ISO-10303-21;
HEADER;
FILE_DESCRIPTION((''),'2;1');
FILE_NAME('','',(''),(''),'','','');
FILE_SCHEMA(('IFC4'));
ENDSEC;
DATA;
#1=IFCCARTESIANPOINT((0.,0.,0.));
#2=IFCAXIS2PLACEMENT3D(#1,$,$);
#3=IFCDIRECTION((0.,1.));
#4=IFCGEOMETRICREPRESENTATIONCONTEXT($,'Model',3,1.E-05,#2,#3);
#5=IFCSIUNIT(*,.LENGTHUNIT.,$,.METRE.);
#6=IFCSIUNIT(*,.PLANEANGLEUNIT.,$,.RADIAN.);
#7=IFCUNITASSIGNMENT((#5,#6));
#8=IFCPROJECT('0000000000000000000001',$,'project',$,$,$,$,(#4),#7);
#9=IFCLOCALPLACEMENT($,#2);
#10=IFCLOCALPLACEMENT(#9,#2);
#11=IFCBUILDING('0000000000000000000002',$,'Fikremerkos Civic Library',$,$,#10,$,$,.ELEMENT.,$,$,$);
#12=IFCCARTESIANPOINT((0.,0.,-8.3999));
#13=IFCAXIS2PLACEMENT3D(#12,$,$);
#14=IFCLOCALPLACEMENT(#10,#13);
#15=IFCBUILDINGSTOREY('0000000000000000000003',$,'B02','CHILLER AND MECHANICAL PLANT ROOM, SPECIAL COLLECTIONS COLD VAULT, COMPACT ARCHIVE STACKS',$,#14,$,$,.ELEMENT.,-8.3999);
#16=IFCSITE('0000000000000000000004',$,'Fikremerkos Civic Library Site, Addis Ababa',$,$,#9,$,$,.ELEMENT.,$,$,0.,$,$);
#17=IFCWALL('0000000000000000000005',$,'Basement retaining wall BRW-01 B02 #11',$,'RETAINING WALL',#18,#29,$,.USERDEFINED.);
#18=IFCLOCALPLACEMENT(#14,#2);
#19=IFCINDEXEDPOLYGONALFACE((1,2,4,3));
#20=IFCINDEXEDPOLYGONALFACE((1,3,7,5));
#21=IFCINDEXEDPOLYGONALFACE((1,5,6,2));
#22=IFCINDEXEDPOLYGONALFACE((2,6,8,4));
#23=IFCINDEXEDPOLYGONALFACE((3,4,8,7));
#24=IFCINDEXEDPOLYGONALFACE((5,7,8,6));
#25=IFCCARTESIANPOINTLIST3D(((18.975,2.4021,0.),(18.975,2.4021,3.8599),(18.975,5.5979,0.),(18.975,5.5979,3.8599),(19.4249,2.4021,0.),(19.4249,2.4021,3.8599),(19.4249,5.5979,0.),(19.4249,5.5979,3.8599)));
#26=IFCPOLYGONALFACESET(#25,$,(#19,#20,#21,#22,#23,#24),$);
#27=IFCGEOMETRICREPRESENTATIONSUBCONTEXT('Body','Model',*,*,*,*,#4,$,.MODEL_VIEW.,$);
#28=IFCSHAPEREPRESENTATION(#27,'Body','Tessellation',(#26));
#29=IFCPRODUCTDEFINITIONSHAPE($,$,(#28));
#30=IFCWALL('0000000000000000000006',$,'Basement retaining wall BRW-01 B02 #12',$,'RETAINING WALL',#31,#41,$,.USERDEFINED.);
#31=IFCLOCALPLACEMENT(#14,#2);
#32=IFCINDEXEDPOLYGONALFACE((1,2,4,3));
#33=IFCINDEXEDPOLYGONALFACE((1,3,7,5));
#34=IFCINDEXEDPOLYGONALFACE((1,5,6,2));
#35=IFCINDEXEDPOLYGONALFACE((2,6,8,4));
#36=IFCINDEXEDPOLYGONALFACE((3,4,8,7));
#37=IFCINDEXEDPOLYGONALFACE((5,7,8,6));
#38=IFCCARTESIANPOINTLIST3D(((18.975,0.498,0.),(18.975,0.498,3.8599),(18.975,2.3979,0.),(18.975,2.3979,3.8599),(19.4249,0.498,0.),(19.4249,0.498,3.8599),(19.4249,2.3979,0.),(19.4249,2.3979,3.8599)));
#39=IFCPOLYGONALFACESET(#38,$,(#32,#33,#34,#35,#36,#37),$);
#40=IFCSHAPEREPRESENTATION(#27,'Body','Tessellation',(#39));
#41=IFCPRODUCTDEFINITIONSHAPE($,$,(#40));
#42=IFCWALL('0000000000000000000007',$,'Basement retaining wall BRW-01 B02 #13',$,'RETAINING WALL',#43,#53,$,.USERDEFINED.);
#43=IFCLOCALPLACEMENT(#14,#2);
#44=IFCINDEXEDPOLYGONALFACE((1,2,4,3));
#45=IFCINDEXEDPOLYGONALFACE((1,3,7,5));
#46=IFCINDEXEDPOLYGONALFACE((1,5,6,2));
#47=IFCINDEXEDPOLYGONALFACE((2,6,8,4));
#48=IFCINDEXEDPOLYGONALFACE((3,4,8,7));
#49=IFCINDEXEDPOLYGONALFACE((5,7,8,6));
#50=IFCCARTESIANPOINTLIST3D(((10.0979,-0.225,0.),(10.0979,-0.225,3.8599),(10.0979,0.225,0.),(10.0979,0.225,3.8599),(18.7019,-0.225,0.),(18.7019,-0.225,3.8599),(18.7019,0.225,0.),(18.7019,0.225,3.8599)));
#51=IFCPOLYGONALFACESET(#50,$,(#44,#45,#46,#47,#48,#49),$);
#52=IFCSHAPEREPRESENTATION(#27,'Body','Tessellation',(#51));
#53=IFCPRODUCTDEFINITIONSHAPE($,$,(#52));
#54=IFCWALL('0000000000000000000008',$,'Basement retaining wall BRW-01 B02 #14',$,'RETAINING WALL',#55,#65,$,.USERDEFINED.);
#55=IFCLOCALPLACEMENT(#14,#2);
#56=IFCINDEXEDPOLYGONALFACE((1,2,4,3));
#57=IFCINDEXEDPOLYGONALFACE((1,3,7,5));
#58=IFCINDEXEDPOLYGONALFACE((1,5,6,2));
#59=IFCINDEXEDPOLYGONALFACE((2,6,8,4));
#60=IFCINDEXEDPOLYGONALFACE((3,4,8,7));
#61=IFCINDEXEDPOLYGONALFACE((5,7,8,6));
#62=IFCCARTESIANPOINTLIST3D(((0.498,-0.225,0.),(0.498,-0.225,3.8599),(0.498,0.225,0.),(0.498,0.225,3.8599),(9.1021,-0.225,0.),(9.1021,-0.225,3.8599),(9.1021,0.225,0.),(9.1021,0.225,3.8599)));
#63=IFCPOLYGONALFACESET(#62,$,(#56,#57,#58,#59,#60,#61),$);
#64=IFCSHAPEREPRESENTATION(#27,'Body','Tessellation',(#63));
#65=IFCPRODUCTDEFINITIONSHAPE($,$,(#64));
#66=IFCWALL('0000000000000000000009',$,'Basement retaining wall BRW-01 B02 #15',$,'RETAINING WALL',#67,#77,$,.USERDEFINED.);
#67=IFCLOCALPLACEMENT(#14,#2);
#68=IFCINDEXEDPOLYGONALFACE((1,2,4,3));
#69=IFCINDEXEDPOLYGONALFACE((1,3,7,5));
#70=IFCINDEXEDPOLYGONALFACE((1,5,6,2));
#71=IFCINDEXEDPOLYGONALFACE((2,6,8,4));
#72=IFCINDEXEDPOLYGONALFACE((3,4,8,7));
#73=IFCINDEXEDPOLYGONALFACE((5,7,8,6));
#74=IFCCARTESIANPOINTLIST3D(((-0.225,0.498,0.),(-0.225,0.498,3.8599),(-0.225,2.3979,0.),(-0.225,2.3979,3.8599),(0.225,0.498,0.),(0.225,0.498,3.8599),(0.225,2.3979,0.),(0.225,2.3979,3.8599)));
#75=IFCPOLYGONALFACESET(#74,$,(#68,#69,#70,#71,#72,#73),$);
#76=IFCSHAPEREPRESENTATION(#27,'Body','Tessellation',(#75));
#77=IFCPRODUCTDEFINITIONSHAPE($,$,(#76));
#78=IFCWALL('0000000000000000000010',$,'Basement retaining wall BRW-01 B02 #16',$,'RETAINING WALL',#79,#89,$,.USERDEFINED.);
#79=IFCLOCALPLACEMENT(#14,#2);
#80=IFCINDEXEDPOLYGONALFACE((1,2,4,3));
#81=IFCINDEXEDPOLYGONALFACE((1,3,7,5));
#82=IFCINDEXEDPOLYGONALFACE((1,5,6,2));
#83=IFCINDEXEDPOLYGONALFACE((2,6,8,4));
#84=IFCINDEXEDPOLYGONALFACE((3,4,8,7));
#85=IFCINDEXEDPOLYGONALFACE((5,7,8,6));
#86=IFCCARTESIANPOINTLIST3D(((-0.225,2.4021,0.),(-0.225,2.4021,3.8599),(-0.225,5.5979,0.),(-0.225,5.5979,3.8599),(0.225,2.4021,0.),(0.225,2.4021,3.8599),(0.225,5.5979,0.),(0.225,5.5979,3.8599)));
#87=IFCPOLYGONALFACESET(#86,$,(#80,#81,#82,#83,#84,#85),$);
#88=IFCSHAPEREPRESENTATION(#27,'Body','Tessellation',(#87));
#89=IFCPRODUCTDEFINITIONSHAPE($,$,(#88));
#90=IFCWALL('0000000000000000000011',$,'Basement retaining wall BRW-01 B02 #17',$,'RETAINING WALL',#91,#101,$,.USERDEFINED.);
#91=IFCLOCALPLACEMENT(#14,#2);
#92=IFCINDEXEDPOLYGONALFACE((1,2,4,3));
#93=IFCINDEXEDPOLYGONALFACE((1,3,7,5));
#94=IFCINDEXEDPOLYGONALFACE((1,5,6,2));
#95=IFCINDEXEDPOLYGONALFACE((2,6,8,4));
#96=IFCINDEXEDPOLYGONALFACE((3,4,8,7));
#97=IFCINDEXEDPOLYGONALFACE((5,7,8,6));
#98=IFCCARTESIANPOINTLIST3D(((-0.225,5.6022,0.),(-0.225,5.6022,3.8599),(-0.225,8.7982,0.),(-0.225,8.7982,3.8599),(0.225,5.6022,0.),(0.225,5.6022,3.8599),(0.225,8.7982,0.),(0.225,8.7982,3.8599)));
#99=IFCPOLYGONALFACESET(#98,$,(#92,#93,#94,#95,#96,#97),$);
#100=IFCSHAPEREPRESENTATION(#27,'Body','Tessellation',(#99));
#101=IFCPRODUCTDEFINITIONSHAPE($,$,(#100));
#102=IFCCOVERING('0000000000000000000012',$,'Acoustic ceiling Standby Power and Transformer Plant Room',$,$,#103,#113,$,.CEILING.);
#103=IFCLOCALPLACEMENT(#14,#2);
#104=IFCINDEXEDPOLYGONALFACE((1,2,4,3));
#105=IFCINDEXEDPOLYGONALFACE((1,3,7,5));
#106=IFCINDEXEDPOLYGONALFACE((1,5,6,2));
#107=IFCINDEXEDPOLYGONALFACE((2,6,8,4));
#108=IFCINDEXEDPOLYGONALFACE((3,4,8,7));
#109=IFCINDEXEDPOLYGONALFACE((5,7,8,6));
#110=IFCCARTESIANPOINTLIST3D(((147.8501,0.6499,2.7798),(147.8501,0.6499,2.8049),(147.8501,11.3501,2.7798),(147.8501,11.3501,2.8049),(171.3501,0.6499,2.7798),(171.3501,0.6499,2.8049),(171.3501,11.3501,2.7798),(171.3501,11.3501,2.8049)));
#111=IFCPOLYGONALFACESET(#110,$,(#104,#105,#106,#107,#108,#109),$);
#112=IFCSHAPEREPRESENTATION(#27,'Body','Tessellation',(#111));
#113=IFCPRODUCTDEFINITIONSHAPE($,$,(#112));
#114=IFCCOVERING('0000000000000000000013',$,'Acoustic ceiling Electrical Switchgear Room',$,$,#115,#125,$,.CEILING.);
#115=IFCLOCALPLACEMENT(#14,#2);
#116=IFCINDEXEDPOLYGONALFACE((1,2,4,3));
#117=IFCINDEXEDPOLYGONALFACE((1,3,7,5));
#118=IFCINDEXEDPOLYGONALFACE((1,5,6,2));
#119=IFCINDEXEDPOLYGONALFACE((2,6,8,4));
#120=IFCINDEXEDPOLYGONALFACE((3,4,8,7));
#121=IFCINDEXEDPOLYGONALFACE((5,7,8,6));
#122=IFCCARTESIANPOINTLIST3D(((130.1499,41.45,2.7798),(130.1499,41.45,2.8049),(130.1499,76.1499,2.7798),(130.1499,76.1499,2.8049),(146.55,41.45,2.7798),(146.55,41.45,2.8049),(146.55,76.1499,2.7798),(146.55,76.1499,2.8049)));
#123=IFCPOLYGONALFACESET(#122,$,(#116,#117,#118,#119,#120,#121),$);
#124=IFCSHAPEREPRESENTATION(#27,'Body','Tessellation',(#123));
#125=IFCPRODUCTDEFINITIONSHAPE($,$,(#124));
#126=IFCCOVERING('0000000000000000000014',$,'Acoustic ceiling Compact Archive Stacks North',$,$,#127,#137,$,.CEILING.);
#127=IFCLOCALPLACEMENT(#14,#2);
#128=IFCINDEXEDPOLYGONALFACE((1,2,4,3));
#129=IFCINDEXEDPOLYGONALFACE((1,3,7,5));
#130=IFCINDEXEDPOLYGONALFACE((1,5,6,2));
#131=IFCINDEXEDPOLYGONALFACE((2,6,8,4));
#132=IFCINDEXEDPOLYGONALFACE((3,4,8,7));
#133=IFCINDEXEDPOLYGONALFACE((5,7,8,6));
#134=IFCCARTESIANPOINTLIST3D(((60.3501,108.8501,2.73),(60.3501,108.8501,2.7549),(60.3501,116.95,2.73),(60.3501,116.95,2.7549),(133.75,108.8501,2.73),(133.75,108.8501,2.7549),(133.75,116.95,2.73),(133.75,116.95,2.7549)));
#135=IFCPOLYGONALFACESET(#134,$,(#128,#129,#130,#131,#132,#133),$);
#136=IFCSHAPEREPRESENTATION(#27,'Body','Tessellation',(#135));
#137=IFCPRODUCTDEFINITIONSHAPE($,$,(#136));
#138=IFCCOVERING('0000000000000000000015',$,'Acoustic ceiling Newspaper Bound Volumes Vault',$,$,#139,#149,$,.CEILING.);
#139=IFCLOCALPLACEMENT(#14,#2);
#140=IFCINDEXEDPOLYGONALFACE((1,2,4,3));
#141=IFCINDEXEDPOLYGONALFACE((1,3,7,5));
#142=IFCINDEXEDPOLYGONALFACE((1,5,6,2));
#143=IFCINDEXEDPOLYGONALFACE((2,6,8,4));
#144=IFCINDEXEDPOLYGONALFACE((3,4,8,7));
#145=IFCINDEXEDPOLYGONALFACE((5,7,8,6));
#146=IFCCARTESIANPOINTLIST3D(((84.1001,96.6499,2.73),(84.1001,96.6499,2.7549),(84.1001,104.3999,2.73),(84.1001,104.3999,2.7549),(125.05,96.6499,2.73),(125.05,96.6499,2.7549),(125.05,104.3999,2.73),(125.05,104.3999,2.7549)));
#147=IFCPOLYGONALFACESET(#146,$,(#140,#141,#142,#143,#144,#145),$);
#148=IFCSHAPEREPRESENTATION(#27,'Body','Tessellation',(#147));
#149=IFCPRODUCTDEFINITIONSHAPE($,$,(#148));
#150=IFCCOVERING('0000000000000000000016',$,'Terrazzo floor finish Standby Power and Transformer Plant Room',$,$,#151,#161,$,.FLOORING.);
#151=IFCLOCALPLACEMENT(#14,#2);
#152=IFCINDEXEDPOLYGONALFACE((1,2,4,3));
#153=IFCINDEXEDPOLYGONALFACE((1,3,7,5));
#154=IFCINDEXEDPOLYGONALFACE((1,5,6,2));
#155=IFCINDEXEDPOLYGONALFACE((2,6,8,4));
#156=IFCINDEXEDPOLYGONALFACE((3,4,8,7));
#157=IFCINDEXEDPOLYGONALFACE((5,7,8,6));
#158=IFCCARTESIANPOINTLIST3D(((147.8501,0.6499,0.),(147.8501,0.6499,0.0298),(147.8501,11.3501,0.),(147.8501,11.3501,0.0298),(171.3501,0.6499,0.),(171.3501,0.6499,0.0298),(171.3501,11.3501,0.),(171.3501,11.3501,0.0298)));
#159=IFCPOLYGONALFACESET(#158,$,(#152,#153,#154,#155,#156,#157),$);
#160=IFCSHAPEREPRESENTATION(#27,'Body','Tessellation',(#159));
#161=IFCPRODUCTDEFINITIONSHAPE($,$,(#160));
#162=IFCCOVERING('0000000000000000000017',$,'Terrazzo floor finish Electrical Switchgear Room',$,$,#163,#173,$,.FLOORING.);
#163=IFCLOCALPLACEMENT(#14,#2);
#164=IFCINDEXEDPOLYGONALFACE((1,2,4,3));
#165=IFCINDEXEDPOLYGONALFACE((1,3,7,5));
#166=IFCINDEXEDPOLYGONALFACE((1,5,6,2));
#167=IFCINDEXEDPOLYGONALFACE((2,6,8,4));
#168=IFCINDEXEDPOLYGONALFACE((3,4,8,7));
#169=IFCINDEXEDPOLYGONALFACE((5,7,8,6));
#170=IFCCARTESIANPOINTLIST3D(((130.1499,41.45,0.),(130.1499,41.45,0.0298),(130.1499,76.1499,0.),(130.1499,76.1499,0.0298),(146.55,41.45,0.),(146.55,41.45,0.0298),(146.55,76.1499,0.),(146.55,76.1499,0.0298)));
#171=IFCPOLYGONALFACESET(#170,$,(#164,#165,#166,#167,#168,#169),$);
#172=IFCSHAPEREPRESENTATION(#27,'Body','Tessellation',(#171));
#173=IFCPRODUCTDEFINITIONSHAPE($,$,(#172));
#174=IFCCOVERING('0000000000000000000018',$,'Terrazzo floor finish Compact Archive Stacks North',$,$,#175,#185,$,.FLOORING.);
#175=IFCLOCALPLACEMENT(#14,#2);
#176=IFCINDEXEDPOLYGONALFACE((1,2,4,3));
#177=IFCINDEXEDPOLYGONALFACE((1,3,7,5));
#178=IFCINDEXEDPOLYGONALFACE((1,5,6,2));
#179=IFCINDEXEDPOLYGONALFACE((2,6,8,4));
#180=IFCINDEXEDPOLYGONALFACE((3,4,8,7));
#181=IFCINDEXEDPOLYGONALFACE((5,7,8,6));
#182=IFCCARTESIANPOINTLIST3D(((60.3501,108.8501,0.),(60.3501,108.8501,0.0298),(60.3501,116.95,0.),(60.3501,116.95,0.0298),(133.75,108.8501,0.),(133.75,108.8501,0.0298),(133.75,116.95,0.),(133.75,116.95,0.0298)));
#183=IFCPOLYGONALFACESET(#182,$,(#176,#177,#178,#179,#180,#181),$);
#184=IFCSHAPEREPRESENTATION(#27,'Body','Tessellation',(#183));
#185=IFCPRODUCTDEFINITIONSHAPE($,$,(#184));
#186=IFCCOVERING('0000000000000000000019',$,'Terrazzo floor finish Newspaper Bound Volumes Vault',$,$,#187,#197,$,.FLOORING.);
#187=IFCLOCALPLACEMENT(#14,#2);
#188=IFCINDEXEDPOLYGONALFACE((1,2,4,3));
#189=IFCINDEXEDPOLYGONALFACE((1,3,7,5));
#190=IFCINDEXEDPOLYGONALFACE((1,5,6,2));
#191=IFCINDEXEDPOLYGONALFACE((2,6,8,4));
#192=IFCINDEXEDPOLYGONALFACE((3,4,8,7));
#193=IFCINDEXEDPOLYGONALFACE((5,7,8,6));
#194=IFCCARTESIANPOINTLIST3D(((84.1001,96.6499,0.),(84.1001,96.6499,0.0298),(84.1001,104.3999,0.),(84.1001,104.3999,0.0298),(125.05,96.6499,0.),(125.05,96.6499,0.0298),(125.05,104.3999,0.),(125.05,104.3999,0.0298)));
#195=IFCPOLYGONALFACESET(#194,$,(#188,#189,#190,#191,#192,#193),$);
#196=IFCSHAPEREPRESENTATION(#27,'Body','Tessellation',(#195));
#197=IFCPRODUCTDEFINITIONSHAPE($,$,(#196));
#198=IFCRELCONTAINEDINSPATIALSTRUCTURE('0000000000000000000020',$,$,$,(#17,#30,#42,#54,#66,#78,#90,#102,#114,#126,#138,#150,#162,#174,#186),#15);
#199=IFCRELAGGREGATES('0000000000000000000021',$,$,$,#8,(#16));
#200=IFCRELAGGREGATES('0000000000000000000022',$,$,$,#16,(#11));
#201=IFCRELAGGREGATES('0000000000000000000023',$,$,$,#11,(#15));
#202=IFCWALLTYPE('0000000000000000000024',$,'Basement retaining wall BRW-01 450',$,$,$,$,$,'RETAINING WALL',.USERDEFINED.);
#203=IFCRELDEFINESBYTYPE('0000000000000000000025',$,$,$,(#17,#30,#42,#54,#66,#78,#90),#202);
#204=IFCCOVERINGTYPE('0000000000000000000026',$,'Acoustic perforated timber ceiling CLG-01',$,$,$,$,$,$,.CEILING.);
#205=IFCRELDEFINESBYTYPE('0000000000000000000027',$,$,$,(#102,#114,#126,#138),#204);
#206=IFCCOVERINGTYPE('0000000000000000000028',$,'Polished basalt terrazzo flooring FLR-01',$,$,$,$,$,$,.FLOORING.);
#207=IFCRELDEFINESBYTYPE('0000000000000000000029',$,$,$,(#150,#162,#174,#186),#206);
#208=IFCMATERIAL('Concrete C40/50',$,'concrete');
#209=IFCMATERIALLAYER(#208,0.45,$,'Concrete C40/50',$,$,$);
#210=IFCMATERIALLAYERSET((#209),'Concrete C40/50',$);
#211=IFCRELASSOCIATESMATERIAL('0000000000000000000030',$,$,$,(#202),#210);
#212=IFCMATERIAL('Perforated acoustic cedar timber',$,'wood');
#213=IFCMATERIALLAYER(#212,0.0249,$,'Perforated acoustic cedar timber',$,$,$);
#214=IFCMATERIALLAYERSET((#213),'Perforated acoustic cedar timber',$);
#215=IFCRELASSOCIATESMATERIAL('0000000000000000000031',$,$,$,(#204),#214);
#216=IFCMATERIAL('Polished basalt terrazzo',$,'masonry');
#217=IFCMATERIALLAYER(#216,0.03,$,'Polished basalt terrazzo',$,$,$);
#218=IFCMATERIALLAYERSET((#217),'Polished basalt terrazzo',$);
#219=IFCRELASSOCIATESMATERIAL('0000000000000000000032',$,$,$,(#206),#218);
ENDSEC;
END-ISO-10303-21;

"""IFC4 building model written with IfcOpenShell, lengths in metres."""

from ifc_helpers import new_model, si_unit, direction, frame, frame_2d, origin, place, context, subcontext, project, spatial, polyline, rectangle, outline, extrude, material, layer, layer_set, type_object, element, save


model = new_model("IFC4")

# Units and contexts
model_context = context("Model", 3, precision=1e-05, world=origin(), true_north=direction((0.0, 1.0)))
body_context = subcontext(model_context, "Body", "Model", "MODEL_VIEW")
ifc_project = project(units=[si_unit("LENGTHUNIT", "METRE"), si_unit("PLANEANGLEUNIT", "RADIAN")], contexts=[model_context])

# Site, building, storey
site_placement = place(None, origin())
site = spatial("IfcSite", under=ifc_project, at=site_placement, Name="Fikremerkos Civic Library Site, Addis Ababa", CompositionType="ELEMENT", RefElevation=0.0)
building_placement = place(site_placement, origin())
building = spatial("IfcBuilding", under=site, at=building_placement, Name="Fikremerkos Civic Library", CompositionType="ELEMENT")
storey_placement = place(building_placement, frame((0.0, 0.0, -8.3999)))
storey = spatial("IfcBuildingStorey", under=building, at=storey_placement, Name="B02", Description="CHILLER AND MECHANICAL PLANT ROOM, SPECIAL COLLECTIONS COLD VAULT, COMPACT ARCHIVE STACKS", CompositionType="ELEMENT", Elevation=-8.3999)

# Shared definitions
ifc_material_1 = material(Name="Concrete C40/50", Category="concrete")

# Walls
ifc_layer_1 = layer(ifc_material_1, 0.45, Name="Concrete C40/50")
ifc_layer_set_1 = layer_set([ifc_layer_1], Name="Concrete C40/50")
wall_type = type_object("IfcWallType", Name="Basement retaining wall BRW-01 450", ElementType="RETAINING WALL", PredefinedType="USERDEFINED", material=ifc_layer_set_1)
wall_1_placement = place(storey_placement, frame((19.2, 5.5979, 0.0), z_axis=(0.0, 0.0, 1.0), x_axis=(0.0, -1.0, 0.0)))
element("IfcWall", 1, at=wall_1_placement, inside=storey, type_object=wall_type, Name="Basement retaining wall BRW-01 B02 #11", ObjectType="RETAINING WALL", PredefinedType="USERDEFINED", context=body_context, shape_type="SweptSolid", body=[
    extrude(rectangle(XDim=3.1958, YDim=0.45, at=frame_2d((1.5979, 0.0))), origin(), (0.0, 0.0, 1.0), 3.8599),
])
wall_2_placement = place(storey_placement, frame((19.2, 2.3979, 0.0), z_axis=(0.0, 0.0, 1.0), x_axis=(0.0, -1.0, 0.0)))
element("IfcWall", 2, at=wall_2_placement, inside=storey, type_object=wall_type, Name="Basement retaining wall BRW-01 B02 #12", ObjectType="RETAINING WALL", PredefinedType="USERDEFINED", context=body_context, shape_type="SweptSolid", body=[
    extrude(rectangle(XDim=1.8999, YDim=0.45, at=frame_2d((0.95, 0.0))), origin(), (0.0, 0.0, 1.0), 3.8599),
])
for number, where, z_axis, x_axis, name in (
    (3, (18.7019, 0.0, 0.0), (0.0, 0.0, 1.0), (-1.0, 0.0, 0.0), "Basement retaining wall BRW-01 B02 #13"),
    (4, (9.1021, 0.0, 0.0), (0.0, 0.0, 1.0), (-1.0, 0.0, 0.0), "Basement retaining wall BRW-01 B02 #14"),
):
    element("IfcWall", number, at=place(storey_placement, frame(where, z_axis=z_axis, x_axis=x_axis)), inside=storey, type_object=wall_type, Name=name, ObjectType="RETAINING WALL", PredefinedType="USERDEFINED", context=body_context, shape_type="SweptSolid", body=[
        extrude(rectangle(XDim=8.604, YDim=0.45, at=frame_2d((4.302, 0.0))), origin(), (0.0, 0.0, 1.0), 3.8599),
    ])
wall_3_placement = place(storey_placement, frame((0.0, 0.498, 0.0), z_axis=(0.0, 0.0, 1.0), x_axis=(0.0, 1.0, 0.0)))
element("IfcWall", 5, at=wall_3_placement, inside=storey, type_object=wall_type, Name="Basement retaining wall BRW-01 B02 #15", ObjectType="RETAINING WALL", PredefinedType="USERDEFINED", context=body_context, shape_type="SweptSolid", body=[
    extrude(rectangle(XDim=1.8999, YDim=0.45, at=frame_2d((0.95, 0.0))), origin(), (0.0, 0.0, 1.0), 3.8599),
])
wall_4_placement = place(storey_placement, frame((0.0, 2.4021, 0.0), z_axis=(0.0, 0.0, 1.0), x_axis=(0.0, 1.0, 0.0)))
element("IfcWall", 6, at=wall_4_placement, inside=storey, type_object=wall_type, Name="Basement retaining wall BRW-01 B02 #16", ObjectType="RETAINING WALL", PredefinedType="USERDEFINED", context=body_context, shape_type="SweptSolid", body=[
    extrude(rectangle(XDim=3.1958, YDim=0.45, at=frame_2d((1.5979, 0.0))), origin(), (0.0, 0.0, 1.0), 3.8599),
])
wall_5_placement = place(storey_placement, frame((0.0, 5.6021, 0.0), z_axis=(0.0, 0.0, 1.0), x_axis=(0.0, 1.0, 0.0)))
element("IfcWall", 7, at=wall_5_placement, inside=storey, type_object=wall_type, Name="Basement retaining wall BRW-01 B02 #17", ObjectType="RETAINING WALL", PredefinedType="USERDEFINED", context=body_context, shape_type="SweptSolid", body=[
    extrude(rectangle(XDim=3.196, YDim=0.45, at=frame_2d((1.5981, 0.0))), origin(), (0.0, 0.0, 1.0), 3.8599),
])

# Coverings
ifc_material_2 = material(Name="Perforated acoustic cedar timber", Category="wood")
ifc_layer_2 = layer(ifc_material_2, 0.0249, Name="Perforated acoustic cedar timber")
ifc_layer_set_2 = layer_set([ifc_layer_2], Name="Perforated acoustic cedar timber")
covering_type_1 = type_object("IfcCoveringType", Name="Acoustic perforated timber ceiling CLG-01", PredefinedType="CEILING", material=ifc_layer_set_2)
covering_1_placement = place(storey_placement, frame((0.0, 0.0, 2.7798)))
element("IfcCovering", 8, at=covering_1_placement, inside=storey, type_object=covering_type_1, Name="Acoustic ceiling Standby Power and Transformer Plant Room", PredefinedType="CEILING", context=body_context, shape_type="SweptSolid", body=[
    extrude(outline(polyline([(147.8501, 0.6499), (147.8501, 11.3501), (171.3501, 11.3501), (171.3501, 0.6499), (147.8501, 0.6499)])), origin(), (0.0, 0.0, 1.0), 0.0251),
])
covering_2_placement = place(storey_placement, frame((0.0, 0.0, 2.7798)))
element("IfcCovering", 9, at=covering_2_placement, inside=storey, type_object=covering_type_1, Name="Acoustic ceiling Electrical Switchgear Room", PredefinedType="CEILING", context=body_context, shape_type="SweptSolid", body=[
    extrude(outline(polyline([(130.1499, 41.45), (130.1499, 76.1499), (146.55, 76.1499), (146.55, 41.45), (130.1499, 41.45)])), origin(), (0.0, 0.0, 1.0), 0.0251),
])
covering_3_placement = place(storey_placement, frame((0.0, 0.0, 2.73)))
element("IfcCovering", 10, at=covering_3_placement, inside=storey, type_object=covering_type_1, Name="Acoustic ceiling Compact Archive Stacks North", PredefinedType="CEILING", context=body_context, shape_type="SweptSolid", body=[
    extrude(outline(polyline([(60.3501, 108.8501), (60.3501, 116.95), (133.75, 116.95), (133.75, 108.8501), (60.3501, 108.8501)])), origin(), (0.0, 0.0, 1.0), 0.0249),
])
covering_4_placement = place(storey_placement, frame((0.0, 0.0, 2.73)))
element("IfcCovering", 11, at=covering_4_placement, inside=storey, type_object=covering_type_1, Name="Acoustic ceiling Newspaper Bound Volumes Vault", PredefinedType="CEILING", context=body_context, shape_type="SweptSolid", body=[
    extrude(outline(polyline([(84.1001, 96.6499), (84.1001, 104.3999), (125.05, 104.3999), (125.05, 96.6499), (84.1001, 96.6499)])), origin(), (0.0, 0.0, 1.0), 0.0249),
])
ifc_material_3 = material(Name="Polished basalt terrazzo", Category="masonry")
ifc_layer_3 = layer(ifc_material_3, 0.03, Name="Polished basalt terrazzo")
ifc_layer_set_3 = layer_set([ifc_layer_3], Name="Polished basalt terrazzo")
covering_type_2 = type_object("IfcCoveringType", Name="Polished basalt terrazzo flooring FLR-01", PredefinedType="FLOORING", material=ifc_layer_set_3)
covering_5_placement = place(storey_placement, origin())
element("IfcCovering", 12, at=covering_5_placement, inside=storey, type_object=covering_type_2, Name="Terrazzo floor finish Standby Power and Transformer Plant Room", PredefinedType="FLOORING", context=body_context, shape_type="SweptSolid", body=[
    extrude(outline(polyline([(147.8501, 0.6499), (147.8501, 11.3501), (171.3501, 11.3501), (171.3501, 0.6499), (147.8501, 0.6499)])), origin(), (0.0, 0.0, 1.0), 0.0298),
])
covering_6_placement = place(storey_placement, origin())
element("IfcCovering", 13, at=covering_6_placement, inside=storey, type_object=covering_type_2, Name="Terrazzo floor finish Electrical Switchgear Room", PredefinedType="FLOORING", context=body_context, shape_type="SweptSolid", body=[
    extrude(outline(polyline([(130.1499, 41.45), (130.1499, 76.1499), (146.55, 76.1499), (146.55, 41.45), (130.1499, 41.45)])), origin(), (0.0, 0.0, 1.0), 0.0298),
])
covering_7_placement = place(storey_placement, origin())
element("IfcCovering", 14, at=covering_7_placement, inside=storey, type_object=covering_type_2, Name="Terrazzo floor finish Compact Archive Stacks North", PredefinedType="FLOORING", context=body_context, shape_type="SweptSolid", body=[
    extrude(outline(polyline([(60.3501, 108.8501), (60.3501, 116.95), (133.75, 116.95), (133.75, 108.8501), (60.3501, 108.8501)])), origin(), (0.0, 0.0, 1.0), 0.0298),
])
covering_8_placement = place(storey_placement, origin())
element("IfcCovering", 15, at=covering_8_placement, inside=storey, type_object=covering_type_2, Name="Terrazzo floor finish Newspaper Bound Volumes Vault", PredefinedType="FLOORING", context=body_context, shape_type="SweptSolid", body=[
    extrude(outline(polyline([(84.1001, 96.6499), (84.1001, 104.3999), (125.05, 104.3999), (125.05, 96.6499), (84.1001, 96.6499)])), origin(), (0.0, 0.0, 1.0), 0.0298),
])

save(model, "model.ifc")
